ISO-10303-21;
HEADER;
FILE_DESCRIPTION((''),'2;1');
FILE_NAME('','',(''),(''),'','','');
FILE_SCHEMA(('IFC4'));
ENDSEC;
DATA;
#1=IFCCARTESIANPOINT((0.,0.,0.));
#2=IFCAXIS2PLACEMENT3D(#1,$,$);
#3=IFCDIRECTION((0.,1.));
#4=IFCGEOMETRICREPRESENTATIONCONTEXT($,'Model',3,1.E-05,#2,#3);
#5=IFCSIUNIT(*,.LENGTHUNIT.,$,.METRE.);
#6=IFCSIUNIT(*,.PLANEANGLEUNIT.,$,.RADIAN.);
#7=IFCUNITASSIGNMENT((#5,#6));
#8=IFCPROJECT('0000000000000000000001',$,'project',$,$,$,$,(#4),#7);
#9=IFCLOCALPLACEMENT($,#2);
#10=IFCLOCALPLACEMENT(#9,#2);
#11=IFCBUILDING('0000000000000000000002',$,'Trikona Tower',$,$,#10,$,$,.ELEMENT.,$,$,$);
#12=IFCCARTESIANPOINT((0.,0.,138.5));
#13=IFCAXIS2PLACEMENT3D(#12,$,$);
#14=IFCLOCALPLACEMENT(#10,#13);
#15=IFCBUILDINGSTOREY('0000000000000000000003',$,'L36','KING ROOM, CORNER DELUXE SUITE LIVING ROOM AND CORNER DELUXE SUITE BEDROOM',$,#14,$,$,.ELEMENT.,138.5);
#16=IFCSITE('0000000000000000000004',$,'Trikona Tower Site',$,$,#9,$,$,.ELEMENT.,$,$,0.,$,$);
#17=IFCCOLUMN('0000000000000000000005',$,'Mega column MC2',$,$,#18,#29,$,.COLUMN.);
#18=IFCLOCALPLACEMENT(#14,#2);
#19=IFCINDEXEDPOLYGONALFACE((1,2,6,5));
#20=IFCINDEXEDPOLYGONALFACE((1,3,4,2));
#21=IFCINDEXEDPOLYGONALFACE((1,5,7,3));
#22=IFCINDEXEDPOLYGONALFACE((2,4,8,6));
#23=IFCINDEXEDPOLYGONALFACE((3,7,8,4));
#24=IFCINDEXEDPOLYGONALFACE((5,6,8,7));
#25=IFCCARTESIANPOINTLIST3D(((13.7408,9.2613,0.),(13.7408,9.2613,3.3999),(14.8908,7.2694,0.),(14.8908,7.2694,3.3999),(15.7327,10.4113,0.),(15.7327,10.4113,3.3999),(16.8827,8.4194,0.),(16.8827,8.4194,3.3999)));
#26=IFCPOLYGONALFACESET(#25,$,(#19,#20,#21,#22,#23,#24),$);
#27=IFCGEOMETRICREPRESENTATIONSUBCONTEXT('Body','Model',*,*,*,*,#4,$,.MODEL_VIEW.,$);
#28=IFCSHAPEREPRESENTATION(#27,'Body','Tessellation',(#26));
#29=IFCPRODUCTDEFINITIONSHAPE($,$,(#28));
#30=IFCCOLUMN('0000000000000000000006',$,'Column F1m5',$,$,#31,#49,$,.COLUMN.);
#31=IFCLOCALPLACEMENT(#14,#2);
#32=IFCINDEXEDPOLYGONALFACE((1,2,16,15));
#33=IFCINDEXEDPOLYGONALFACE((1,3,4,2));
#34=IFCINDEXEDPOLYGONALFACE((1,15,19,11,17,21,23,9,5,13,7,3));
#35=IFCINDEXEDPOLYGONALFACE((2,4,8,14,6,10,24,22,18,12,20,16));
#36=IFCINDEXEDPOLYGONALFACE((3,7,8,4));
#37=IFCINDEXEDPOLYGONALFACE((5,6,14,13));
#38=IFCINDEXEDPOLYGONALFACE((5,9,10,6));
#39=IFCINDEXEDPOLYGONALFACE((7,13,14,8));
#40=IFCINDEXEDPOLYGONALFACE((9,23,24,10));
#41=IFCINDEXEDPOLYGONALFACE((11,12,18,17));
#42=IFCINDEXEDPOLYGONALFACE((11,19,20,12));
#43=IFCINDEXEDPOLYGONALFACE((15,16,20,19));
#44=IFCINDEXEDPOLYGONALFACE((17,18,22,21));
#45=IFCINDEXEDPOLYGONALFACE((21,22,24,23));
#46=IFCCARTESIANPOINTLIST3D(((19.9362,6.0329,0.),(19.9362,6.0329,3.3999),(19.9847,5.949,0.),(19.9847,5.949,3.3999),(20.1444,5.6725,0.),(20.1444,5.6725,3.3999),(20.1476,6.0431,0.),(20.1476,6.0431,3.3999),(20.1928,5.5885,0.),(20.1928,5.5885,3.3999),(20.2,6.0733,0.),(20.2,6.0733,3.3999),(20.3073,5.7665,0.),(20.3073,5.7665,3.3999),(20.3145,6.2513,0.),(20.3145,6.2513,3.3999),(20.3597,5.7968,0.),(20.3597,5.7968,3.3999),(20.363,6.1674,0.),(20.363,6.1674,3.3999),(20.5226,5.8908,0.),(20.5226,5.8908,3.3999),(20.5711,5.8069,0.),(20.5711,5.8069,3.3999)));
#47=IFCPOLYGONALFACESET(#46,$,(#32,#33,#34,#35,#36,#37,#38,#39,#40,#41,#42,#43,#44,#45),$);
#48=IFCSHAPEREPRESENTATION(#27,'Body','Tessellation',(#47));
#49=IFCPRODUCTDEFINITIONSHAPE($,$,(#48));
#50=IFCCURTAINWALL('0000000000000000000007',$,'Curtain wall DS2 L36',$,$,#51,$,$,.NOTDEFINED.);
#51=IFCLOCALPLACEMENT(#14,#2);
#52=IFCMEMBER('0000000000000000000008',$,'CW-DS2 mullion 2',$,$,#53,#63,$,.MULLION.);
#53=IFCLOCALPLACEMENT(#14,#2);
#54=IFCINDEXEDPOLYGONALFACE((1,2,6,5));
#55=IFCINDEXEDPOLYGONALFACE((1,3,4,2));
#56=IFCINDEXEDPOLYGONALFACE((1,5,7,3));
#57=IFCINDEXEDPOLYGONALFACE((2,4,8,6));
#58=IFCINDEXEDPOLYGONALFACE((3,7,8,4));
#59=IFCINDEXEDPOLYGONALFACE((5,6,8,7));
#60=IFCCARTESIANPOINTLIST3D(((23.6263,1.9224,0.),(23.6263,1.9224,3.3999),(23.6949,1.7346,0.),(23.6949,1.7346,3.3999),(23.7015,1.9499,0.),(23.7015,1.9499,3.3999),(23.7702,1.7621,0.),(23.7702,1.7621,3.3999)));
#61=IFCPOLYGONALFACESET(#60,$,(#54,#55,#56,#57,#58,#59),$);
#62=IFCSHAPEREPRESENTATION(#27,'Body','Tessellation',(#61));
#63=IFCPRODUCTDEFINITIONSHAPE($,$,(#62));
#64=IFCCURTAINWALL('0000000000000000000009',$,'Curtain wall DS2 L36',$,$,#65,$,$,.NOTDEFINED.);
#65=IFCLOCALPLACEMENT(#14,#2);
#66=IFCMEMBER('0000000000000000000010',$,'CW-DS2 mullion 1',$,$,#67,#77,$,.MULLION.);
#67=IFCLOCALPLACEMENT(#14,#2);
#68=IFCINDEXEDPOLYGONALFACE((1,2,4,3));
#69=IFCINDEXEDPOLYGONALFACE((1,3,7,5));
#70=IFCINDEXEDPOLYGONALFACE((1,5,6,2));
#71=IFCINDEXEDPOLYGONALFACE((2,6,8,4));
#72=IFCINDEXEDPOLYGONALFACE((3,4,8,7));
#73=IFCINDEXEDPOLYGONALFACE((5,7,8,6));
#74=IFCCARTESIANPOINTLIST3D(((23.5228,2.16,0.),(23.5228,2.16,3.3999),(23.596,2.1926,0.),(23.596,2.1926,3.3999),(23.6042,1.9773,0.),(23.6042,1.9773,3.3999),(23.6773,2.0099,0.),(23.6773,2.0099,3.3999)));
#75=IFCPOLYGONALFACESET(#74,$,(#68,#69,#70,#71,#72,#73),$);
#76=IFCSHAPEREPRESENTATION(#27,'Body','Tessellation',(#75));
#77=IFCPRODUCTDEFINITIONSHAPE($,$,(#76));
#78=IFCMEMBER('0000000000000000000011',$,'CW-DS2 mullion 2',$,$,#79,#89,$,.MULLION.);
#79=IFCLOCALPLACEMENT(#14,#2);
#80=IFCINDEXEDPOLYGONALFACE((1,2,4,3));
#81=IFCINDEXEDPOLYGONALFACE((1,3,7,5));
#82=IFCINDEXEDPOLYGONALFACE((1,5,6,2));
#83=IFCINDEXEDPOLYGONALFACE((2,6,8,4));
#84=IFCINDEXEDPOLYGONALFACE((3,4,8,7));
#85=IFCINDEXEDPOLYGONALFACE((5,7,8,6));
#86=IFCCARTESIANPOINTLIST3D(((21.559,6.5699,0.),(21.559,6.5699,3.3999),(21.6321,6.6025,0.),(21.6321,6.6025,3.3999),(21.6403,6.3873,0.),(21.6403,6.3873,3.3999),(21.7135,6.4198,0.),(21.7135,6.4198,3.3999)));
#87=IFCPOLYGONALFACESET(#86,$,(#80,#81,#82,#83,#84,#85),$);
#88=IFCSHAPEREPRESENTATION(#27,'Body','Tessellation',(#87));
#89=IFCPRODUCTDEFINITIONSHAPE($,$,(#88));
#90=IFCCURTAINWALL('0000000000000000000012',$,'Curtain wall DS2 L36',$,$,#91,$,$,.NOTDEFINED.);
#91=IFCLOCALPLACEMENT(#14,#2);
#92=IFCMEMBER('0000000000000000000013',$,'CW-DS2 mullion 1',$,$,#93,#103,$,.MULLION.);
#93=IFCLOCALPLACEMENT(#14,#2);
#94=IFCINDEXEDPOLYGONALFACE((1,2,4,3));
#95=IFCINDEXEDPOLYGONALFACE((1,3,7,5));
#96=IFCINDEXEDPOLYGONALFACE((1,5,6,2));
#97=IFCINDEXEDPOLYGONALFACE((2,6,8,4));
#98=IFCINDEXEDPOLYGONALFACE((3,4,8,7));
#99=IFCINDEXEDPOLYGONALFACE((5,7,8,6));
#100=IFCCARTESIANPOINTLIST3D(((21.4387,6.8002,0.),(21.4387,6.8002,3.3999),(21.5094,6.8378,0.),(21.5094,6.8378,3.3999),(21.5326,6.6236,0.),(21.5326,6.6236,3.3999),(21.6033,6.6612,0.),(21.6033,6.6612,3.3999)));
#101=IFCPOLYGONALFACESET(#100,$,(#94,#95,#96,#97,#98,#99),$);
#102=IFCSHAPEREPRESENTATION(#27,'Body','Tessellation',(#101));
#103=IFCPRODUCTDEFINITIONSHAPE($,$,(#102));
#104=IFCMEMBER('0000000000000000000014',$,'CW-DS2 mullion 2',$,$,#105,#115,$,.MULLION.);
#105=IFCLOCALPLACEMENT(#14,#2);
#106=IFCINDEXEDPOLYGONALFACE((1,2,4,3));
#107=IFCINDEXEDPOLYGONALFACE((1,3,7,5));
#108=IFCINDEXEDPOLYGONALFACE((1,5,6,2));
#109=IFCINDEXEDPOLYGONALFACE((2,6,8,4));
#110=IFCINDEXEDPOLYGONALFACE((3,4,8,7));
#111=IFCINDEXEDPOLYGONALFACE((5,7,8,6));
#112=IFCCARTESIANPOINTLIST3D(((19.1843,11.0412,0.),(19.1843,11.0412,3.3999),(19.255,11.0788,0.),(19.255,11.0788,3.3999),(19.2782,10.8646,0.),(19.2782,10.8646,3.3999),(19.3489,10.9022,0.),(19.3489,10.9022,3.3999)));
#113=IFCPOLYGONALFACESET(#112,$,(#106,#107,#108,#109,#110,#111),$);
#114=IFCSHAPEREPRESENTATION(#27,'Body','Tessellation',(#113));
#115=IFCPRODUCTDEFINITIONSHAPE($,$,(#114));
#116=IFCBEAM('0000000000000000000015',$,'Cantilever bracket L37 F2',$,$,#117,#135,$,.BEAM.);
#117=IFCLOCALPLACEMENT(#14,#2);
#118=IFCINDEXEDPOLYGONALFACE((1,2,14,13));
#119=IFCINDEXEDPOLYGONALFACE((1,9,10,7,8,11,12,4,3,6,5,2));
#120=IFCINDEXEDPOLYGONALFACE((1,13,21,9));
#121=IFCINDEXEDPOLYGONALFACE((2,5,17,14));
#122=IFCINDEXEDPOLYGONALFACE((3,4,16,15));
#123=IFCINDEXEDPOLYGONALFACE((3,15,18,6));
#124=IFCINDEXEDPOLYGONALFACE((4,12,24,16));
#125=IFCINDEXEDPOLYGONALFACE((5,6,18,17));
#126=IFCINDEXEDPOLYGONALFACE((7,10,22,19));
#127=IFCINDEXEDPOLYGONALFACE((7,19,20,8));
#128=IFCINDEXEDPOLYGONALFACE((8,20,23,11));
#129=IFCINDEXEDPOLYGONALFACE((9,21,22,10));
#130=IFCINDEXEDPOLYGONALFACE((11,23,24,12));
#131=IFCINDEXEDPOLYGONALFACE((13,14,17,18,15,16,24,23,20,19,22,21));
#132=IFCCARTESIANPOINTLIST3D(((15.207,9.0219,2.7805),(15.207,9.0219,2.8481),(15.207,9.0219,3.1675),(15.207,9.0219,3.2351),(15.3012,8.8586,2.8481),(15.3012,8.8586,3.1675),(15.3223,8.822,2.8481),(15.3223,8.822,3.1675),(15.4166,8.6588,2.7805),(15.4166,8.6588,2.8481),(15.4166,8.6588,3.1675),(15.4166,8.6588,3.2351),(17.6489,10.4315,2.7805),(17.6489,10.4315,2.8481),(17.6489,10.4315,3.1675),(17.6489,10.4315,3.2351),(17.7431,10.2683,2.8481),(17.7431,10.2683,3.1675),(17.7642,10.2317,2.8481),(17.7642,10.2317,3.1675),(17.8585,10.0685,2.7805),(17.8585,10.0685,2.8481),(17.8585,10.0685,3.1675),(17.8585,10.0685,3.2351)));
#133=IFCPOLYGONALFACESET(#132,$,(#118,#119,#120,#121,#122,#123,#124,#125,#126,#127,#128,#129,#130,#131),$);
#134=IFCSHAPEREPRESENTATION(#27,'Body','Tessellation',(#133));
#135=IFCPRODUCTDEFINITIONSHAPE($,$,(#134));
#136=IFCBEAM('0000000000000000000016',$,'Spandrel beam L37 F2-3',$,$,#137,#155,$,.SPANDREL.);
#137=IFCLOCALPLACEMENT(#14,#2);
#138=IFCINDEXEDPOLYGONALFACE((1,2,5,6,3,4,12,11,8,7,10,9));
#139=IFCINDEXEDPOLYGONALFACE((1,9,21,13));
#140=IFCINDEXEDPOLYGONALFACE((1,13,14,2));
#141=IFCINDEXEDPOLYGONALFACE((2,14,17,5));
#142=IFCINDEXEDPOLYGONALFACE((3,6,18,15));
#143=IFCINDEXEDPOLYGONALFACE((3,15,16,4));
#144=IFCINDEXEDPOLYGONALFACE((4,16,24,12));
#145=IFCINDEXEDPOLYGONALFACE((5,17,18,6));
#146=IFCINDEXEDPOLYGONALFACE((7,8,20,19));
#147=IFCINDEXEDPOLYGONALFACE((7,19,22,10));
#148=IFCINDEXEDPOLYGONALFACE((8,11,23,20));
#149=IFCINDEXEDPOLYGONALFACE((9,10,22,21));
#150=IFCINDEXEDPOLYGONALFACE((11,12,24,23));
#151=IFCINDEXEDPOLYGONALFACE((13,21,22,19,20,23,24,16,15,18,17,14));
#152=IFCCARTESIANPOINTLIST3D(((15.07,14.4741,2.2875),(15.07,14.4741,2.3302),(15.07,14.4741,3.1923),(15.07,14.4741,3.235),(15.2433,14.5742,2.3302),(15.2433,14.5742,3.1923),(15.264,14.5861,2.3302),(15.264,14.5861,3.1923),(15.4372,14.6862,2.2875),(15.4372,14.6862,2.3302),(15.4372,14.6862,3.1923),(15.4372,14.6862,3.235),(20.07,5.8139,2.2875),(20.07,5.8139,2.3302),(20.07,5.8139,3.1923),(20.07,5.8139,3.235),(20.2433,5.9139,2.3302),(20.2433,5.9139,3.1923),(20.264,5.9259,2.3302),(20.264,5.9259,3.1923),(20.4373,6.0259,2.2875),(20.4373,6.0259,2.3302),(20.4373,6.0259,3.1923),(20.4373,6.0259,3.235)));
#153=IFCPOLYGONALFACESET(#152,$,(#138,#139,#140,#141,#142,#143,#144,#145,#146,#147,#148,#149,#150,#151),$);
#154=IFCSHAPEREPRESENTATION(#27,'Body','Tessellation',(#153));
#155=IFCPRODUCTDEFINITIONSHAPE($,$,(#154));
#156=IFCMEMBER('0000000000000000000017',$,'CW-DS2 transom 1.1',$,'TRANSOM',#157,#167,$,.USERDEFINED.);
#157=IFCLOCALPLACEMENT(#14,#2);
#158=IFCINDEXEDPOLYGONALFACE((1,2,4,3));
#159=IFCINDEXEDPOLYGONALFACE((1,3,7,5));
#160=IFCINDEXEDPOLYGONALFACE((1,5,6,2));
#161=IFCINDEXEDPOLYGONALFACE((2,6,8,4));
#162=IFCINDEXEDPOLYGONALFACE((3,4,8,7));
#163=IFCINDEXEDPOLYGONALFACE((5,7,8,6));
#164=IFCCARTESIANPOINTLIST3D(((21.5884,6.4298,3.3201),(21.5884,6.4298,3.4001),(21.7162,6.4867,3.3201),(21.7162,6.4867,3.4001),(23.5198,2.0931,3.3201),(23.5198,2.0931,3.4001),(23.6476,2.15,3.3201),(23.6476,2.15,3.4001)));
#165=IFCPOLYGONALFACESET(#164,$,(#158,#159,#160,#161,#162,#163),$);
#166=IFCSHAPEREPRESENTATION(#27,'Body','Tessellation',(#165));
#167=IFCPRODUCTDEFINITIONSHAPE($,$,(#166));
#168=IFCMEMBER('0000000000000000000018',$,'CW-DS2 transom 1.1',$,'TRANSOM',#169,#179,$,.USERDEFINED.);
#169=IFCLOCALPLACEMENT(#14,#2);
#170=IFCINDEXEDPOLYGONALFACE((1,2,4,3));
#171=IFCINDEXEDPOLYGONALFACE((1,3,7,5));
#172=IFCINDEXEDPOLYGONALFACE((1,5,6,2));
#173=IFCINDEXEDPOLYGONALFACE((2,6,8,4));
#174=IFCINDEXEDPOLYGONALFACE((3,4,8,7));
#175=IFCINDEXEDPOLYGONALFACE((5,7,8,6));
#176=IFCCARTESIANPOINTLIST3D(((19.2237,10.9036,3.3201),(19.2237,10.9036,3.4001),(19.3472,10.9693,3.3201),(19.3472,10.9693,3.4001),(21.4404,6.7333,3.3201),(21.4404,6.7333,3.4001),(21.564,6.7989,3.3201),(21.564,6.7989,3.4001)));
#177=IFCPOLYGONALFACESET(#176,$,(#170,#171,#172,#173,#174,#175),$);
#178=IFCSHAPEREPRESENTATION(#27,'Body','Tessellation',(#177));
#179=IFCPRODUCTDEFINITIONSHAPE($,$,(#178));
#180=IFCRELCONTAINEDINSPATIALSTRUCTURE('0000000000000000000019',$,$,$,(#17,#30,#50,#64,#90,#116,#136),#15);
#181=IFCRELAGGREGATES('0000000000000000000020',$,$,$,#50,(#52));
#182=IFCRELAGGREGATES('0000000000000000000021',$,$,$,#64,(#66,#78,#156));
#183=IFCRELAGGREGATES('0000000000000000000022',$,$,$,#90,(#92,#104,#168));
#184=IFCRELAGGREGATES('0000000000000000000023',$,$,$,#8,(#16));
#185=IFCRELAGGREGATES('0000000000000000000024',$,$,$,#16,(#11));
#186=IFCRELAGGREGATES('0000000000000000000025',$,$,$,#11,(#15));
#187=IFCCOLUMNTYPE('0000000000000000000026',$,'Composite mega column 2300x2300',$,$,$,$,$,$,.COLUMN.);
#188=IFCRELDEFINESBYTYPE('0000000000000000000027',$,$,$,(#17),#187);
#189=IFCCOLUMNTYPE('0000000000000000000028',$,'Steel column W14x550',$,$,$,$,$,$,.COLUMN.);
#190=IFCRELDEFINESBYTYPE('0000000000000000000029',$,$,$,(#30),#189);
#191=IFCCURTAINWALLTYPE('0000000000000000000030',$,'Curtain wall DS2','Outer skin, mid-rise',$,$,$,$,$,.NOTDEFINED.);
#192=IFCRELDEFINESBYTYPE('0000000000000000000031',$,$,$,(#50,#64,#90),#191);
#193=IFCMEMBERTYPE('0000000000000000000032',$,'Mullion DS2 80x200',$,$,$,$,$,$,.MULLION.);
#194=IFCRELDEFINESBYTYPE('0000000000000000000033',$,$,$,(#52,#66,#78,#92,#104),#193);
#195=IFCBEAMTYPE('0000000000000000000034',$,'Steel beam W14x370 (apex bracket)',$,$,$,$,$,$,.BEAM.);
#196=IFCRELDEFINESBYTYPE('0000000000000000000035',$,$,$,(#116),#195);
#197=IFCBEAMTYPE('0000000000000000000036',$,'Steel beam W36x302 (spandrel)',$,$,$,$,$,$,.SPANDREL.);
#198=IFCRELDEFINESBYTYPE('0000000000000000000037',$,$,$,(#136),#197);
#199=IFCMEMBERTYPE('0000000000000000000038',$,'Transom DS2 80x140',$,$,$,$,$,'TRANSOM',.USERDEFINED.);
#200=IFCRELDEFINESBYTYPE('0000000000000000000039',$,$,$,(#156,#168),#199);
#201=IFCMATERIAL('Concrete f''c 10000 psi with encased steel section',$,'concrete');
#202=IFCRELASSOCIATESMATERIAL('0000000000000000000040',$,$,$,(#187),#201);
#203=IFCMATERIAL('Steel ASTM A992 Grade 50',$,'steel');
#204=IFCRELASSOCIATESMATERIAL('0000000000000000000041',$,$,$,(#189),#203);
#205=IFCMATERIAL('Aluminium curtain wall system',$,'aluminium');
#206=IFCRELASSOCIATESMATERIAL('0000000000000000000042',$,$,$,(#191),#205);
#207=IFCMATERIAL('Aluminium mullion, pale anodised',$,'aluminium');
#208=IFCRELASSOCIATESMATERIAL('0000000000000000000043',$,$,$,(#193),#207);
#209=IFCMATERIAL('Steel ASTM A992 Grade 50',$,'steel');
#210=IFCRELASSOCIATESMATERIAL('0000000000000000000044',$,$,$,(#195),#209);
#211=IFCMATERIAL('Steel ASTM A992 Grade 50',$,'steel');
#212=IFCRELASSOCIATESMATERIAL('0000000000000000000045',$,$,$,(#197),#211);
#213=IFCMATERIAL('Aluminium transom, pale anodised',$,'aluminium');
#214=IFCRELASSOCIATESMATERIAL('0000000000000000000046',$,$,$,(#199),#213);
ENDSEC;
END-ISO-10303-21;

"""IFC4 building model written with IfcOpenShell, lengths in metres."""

from ifc_helpers import new_model, si_unit, direction, frame, origin, origin_2d, place, context, subcontext, project, spatial, rectangle, i_section, extrude, material, material_profile, profile_set, type_object, element, aggregate, save


model = new_model("IFC4")

# Units and contexts
model_context = context("Model", 3, precision=1e-05, world=origin(), true_north=direction((0.0, 1.0)))
body_context = subcontext(model_context, "Body", "Model", "MODEL_VIEW")
ifc_project = project(units=[si_unit("LENGTHUNIT", "METRE"), si_unit("PLANEANGLEUNIT", "RADIAN")], contexts=[model_context])

# Site, building, storey
site_placement = place(None, origin())
site = spatial("IfcSite", under=ifc_project, at=site_placement, Name="Trikona Tower Site", CompositionType="ELEMENT", RefElevation=0.0)
building_placement = place(site_placement, origin())
building = spatial("IfcBuilding", under=site, at=building_placement, Name="Trikona Tower", CompositionType="ELEMENT")
storey_placement = place(building_placement, frame((0.0, 0.0, 138.5)))
storey = spatial("IfcBuildingStorey", under=building, at=storey_placement, Name="L36", Description="KING ROOM, CORNER DELUXE SUITE LIVING ROOM AND CORNER DELUXE SUITE BEDROOM", CompositionType="ELEMENT", Elevation=138.5)

# Columns
ifc_material_1 = material(Name="Concrete f'c 10000 psi with encased steel section", Category="concrete")
ifc_material_profile_1 = material_profile(ifc_material_1, rectangle(XDim=2.3, YDim=2.3, at=origin_2d()), Name="MC2300")
ifc_profile_set_1 = profile_set([ifc_material_profile_1], Name="Concrete f'c 10000 psi with encased steel section")
column_type_1 = type_object("IfcColumnType", Name="Composite mega column 2300x2300", PredefinedType="COLUMN", material=ifc_profile_set_1)
column_1_placement = place(storey_placement, frame((15.3118, 8.8403, 0.0), z_axis=(0.0, 0.0, 1.0), x_axis=(0.866025, 0.5, 0.0)))
element("IfcColumn", 1, at=column_1_placement, inside=storey, type_object=column_type_1, Name="Mega column MC2", PredefinedType="COLUMN", context=body_context, shape_type="SweptSolid", body=[
    extrude(rectangle(XDim=2.3, YDim=2.3, at=origin_2d()), origin(), (0.0, 0.0, 1.0), 3.3999),
])
ifc_material_2 = material(Name="Steel ASTM A992 Grade 50", Category="steel")
ifc_material_profile_2 = material_profile(ifc_material_2, i_section(OverallWidth=0.4368, OverallDepth=0.5132, WebThickness=0.0605, FlangeThickness=0.0969, at=origin_2d()), Name="W14X550")
ifc_profile_set_2 = profile_set([ifc_material_profile_2], Name="Steel ASTM A992 Grade 50")
column_type_2 = type_object("IfcColumnType", Name="Steel column W14x550", PredefinedType="COLUMN", material=ifc_profile_set_2)
column_2_placement = place(storey_placement, frame((20.2537, 5.9199, 0.0), z_axis=(0.0, 0.0, 1.0), x_axis=(0.866025, 0.5, 0.0)))
element("IfcColumn", 2, at=column_2_placement, inside=storey, type_object=column_type_2, Name="Column F1m5", PredefinedType="COLUMN", context=body_context, shape_type="SweptSolid", body=[
    extrude(i_section(OverallWidth=0.4368, OverallDepth=0.5132, WebThickness=0.0605, FlangeThickness=0.0969, at=origin_2d()), origin(), (0.0, 0.0, 1.0), 3.3999),
])

# Curtain wall, member
ifc_material_3 = material(Name="Aluminium curtain wall system", Category="aluminium")
curtain_wall_type = type_object("IfcCurtainWallType", Name="Curtain wall DS2", Description="Outer skin, mid-rise", PredefinedType="NOTDEFINED", material=ifc_material_3)
curtain_wall_1_placement = place(storey_placement, origin())
curtain_wall_1 = element("IfcCurtainWall", 3, at=curtain_wall_1_placement, inside=storey, type_object=curtain_wall_type, Name="Curtain wall DS2 L36", PredefinedType="NOTDEFINED")
ifc_material_4 = material(Name="Aluminium mullion, pale anodised", Category="aluminium")
ifc_material_profile_3 = material_profile(ifc_material_4, rectangle(XDim=0.0801, YDim=0.2, at=origin_2d()), Name="MUL-DS2")
ifc_profile_set_3 = profile_set([ifc_material_profile_3], Name="Aluminium mullion, pale anodised")
member_type_1 = type_object("IfcMemberType", Name="Mullion DS2 80x200", PredefinedType="MULLION", material=ifc_profile_set_3)
member_1_placement = place(storey_placement, frame((23.6982, 1.8423, 0.0), z_axis=(0.0, 0.0, 1.0), x_axis=(-0.939254, -0.343223, 0.0)))
member_1 = element("IfcMember", 4, at=member_1_placement, type_object=member_type_1, Name="CW-DS2 mullion 2", PredefinedType="MULLION", context=body_context, shape_type="SweptSolid", body=[
    extrude(rectangle(XDim=0.0801, YDim=0.2, at=origin_2d()), origin(), (0.0, 0.0, 1.0), 3.3999),
])
aggregate(curtain_wall_1, [member_1])

# Curtain walls, members
curtain_wall_2_placement = place(storey_placement, origin())
curtain_wall_2 = element("IfcCurtainWall", 5, at=curtain_wall_2_placement, inside=storey, type_object=curtain_wall_type, Name="Curtain wall DS2 L36", PredefinedType="NOTDEFINED")
member_2_placement = place(storey_placement, frame((23.6001, 2.085, 0.0), z_axis=(0.0, 0.0, 1.0), x_axis=(-0.913501, -0.406836, 0.0)))
member_2 = element("IfcMember", 6, at=member_2_placement, type_object=member_type_1, Name="CW-DS2 mullion 1", PredefinedType="MULLION", context=body_context, shape_type="SweptSolid", body=[
    extrude(rectangle(XDim=0.0801, YDim=0.2, at=origin_2d()), origin(), (0.0, 0.0, 1.0), 3.3999),
])
member_3_placement = place(storey_placement, frame((21.6362, 6.4949, 0.0), z_axis=(0.0, 0.0, 1.0), x_axis=(-0.913501, -0.406836, 0.0)))
member_3 = element("IfcMember", 7, at=member_3_placement, type_object=member_type_1, Name="CW-DS2 mullion 2", PredefinedType="MULLION", context=body_context, shape_type="SweptSolid", body=[
    extrude(rectangle(XDim=0.0801, YDim=0.2, at=origin_2d()), origin(), (0.0, 0.0, 1.0), 3.3999),
])
curtain_wall_3_placement = place(storey_placement, origin())
curtain_wall_3 = element("IfcCurtainWall", 8, at=curtain_wall_3_placement, inside=storey, type_object=curtain_wall_type, Name="Curtain wall DS2 L36", PredefinedType="NOTDEFINED")
member_4_placement = place(storey_placement, frame((21.521, 6.7307, 0.0), z_axis=(0.0, 0.0, 1.0), x_axis=(-0.882996, -0.46938, 0.0)))
member_4 = element("IfcMember", 9, at=member_4_placement, type_object=member_type_1, Name="CW-DS2 mullion 1", PredefinedType="MULLION", context=body_context, shape_type="SweptSolid", body=[
    extrude(rectangle(XDim=0.0801, YDim=0.2, at=origin_2d()), origin(), (0.0, 0.0, 1.0), 3.3999),
])
member_5_placement = place(storey_placement, frame((19.2666, 10.9717, 0.0), z_axis=(0.0, 0.0, 1.0), x_axis=(-0.882996, -0.46938, 0.0)))
member_5 = element("IfcMember", 10, at=member_5_placement, type_object=member_type_1, Name="CW-DS2 mullion 2", PredefinedType="MULLION", context=body_context, shape_type="SweptSolid", body=[
    extrude(rectangle(XDim=0.0801, YDim=0.2, at=origin_2d()), origin(), (0.0, 0.0, 1.0), 3.3999),
])

# Beams
ifc_material_5 = material(Name="Steel ASTM A992 Grade 50", Category="steel")
ifc_material_profile_4 = material_profile(ifc_material_5, i_section(OverallWidth=0.4192, OverallDepth=0.4546, WebThickness=0.0422, FlangeThickness=0.0676, at=origin_2d()), Name="W14X370")
ifc_profile_set_4 = profile_set([ifc_material_profile_4], Name="Steel ASTM A992 Grade 50")
beam_type_1 = type_object("IfcBeamType", Name="Steel beam W14x370 (apex bracket)", PredefinedType="BEAM", material=ifc_profile_set_4)
beam_1_placement = place(storey_placement, frame((15.3118, 8.8403, 3.0078), z_axis=(0.86605, 0.499957, 0.0), x_axis=(-0.499957, 0.86605, 0.0)))
element("IfcBeam", 11, at=beam_1_placement, inside=storey, type_object=beam_type_1, Name="Cantilever bracket L37 F2", PredefinedType="BEAM", context=body_context, shape_type="SweptSolid", body=[
    extrude(i_section(OverallWidth=0.4192, OverallDepth=0.4546, WebThickness=0.0422, FlangeThickness=0.0676, at=origin_2d()), origin(), (0.0, 0.0, 1.0), 2.8196),
])
ifc_material_6 = material(Name="Steel ASTM A992 Grade 50", Category="steel")
ifc_material_profile_5 = material_profile(ifc_material_6, i_section(OverallWidth=0.4241, OverallDepth=0.9475, WebThickness=0.0239, FlangeThickness=0.0427, at=origin_2d()), Name="W36X302")
ifc_profile_set_5 = profile_set([ifc_material_profile_5], Name="Steel ASTM A992 Grade 50")
beam_type_2 = type_object("IfcBeamType", Name="Steel beam W36x302 (spandrel)", PredefinedType="SPANDREL", material=ifc_profile_set_5)
beam_2_placement = place(storey_placement, frame((20.2537, 5.9199, 2.7612), z_axis=(-0.500004, 0.866023, 0.0), x_axis=(-0.866023, -0.500004, 0.0)))
element("IfcBeam", 12, at=beam_2_placement, inside=storey, type_object=beam_type_2, Name="Spandrel beam L37 F2-3", PredefinedType="SPANDREL", context=body_context, shape_type="SweptSolid", body=[
    extrude(i_section(OverallWidth=0.4241, OverallDepth=0.9475, WebThickness=0.0239, FlangeThickness=0.0427, at=origin_2d()), origin(), (0.0, 0.0, 1.0), 10.0),
])

# Members
ifc_material_7 = material(Name="Aluminium transom, pale anodised", Category="aluminium")
ifc_material_profile_6 = material_profile(ifc_material_7, rectangle(XDim=0.1399, YDim=0.0801, at=origin_2d()), Name="TRN-DS2")
ifc_profile_set_6 = profile_set([ifc_material_profile_6], Name="Aluminium transom, pale anodised")
member_type_2 = type_object("IfcMemberType", Name="Transom DS2 80x140", ElementType="TRANSOM", PredefinedType="USERDEFINED", material=ifc_profile_set_6)
member_6_placement = place(storey_placement, frame((23.5837, 2.1216, 3.3601), z_axis=(-0.40684, 0.9135, 0.0), x_axis=(-0.9135, -0.40684, 0.0)))
member_6 = element("IfcMember", 13, at=member_6_placement, type_object=member_type_2, Name="CW-DS2 transom 1.1", ObjectType="TRANSOM", PredefinedType="USERDEFINED", context=body_context, shape_type="SweptSolid", body=[
    extrude(rectangle(XDim=0.1399, YDim=0.0801, at=origin_2d()), origin(), (0.0, 0.0, 1.0), 4.7473),
])
member_7_placement = place(storey_placement, frame((21.5022, 6.7661, 3.3601), z_axis=(-0.469364, 0.883005, 0.0), x_axis=(-0.883005, -0.469364, 0.0)))
member_7 = element("IfcMember", 14, at=member_7_placement, type_object=member_type_2, Name="CW-DS2 transom 1.1", ObjectType="TRANSOM", PredefinedType="USERDEFINED", context=body_context, shape_type="SweptSolid", body=[
    extrude(rectangle(XDim=0.1399, YDim=0.0801, at=origin_2d()), origin(), (0.0, 0.0, 1.0), 4.7229),
])

aggregate(curtain_wall_2, [member_2, member_3, member_6])
aggregate(curtain_wall_3, [member_4, member_5, member_7])

save(model, "model.ifc")
